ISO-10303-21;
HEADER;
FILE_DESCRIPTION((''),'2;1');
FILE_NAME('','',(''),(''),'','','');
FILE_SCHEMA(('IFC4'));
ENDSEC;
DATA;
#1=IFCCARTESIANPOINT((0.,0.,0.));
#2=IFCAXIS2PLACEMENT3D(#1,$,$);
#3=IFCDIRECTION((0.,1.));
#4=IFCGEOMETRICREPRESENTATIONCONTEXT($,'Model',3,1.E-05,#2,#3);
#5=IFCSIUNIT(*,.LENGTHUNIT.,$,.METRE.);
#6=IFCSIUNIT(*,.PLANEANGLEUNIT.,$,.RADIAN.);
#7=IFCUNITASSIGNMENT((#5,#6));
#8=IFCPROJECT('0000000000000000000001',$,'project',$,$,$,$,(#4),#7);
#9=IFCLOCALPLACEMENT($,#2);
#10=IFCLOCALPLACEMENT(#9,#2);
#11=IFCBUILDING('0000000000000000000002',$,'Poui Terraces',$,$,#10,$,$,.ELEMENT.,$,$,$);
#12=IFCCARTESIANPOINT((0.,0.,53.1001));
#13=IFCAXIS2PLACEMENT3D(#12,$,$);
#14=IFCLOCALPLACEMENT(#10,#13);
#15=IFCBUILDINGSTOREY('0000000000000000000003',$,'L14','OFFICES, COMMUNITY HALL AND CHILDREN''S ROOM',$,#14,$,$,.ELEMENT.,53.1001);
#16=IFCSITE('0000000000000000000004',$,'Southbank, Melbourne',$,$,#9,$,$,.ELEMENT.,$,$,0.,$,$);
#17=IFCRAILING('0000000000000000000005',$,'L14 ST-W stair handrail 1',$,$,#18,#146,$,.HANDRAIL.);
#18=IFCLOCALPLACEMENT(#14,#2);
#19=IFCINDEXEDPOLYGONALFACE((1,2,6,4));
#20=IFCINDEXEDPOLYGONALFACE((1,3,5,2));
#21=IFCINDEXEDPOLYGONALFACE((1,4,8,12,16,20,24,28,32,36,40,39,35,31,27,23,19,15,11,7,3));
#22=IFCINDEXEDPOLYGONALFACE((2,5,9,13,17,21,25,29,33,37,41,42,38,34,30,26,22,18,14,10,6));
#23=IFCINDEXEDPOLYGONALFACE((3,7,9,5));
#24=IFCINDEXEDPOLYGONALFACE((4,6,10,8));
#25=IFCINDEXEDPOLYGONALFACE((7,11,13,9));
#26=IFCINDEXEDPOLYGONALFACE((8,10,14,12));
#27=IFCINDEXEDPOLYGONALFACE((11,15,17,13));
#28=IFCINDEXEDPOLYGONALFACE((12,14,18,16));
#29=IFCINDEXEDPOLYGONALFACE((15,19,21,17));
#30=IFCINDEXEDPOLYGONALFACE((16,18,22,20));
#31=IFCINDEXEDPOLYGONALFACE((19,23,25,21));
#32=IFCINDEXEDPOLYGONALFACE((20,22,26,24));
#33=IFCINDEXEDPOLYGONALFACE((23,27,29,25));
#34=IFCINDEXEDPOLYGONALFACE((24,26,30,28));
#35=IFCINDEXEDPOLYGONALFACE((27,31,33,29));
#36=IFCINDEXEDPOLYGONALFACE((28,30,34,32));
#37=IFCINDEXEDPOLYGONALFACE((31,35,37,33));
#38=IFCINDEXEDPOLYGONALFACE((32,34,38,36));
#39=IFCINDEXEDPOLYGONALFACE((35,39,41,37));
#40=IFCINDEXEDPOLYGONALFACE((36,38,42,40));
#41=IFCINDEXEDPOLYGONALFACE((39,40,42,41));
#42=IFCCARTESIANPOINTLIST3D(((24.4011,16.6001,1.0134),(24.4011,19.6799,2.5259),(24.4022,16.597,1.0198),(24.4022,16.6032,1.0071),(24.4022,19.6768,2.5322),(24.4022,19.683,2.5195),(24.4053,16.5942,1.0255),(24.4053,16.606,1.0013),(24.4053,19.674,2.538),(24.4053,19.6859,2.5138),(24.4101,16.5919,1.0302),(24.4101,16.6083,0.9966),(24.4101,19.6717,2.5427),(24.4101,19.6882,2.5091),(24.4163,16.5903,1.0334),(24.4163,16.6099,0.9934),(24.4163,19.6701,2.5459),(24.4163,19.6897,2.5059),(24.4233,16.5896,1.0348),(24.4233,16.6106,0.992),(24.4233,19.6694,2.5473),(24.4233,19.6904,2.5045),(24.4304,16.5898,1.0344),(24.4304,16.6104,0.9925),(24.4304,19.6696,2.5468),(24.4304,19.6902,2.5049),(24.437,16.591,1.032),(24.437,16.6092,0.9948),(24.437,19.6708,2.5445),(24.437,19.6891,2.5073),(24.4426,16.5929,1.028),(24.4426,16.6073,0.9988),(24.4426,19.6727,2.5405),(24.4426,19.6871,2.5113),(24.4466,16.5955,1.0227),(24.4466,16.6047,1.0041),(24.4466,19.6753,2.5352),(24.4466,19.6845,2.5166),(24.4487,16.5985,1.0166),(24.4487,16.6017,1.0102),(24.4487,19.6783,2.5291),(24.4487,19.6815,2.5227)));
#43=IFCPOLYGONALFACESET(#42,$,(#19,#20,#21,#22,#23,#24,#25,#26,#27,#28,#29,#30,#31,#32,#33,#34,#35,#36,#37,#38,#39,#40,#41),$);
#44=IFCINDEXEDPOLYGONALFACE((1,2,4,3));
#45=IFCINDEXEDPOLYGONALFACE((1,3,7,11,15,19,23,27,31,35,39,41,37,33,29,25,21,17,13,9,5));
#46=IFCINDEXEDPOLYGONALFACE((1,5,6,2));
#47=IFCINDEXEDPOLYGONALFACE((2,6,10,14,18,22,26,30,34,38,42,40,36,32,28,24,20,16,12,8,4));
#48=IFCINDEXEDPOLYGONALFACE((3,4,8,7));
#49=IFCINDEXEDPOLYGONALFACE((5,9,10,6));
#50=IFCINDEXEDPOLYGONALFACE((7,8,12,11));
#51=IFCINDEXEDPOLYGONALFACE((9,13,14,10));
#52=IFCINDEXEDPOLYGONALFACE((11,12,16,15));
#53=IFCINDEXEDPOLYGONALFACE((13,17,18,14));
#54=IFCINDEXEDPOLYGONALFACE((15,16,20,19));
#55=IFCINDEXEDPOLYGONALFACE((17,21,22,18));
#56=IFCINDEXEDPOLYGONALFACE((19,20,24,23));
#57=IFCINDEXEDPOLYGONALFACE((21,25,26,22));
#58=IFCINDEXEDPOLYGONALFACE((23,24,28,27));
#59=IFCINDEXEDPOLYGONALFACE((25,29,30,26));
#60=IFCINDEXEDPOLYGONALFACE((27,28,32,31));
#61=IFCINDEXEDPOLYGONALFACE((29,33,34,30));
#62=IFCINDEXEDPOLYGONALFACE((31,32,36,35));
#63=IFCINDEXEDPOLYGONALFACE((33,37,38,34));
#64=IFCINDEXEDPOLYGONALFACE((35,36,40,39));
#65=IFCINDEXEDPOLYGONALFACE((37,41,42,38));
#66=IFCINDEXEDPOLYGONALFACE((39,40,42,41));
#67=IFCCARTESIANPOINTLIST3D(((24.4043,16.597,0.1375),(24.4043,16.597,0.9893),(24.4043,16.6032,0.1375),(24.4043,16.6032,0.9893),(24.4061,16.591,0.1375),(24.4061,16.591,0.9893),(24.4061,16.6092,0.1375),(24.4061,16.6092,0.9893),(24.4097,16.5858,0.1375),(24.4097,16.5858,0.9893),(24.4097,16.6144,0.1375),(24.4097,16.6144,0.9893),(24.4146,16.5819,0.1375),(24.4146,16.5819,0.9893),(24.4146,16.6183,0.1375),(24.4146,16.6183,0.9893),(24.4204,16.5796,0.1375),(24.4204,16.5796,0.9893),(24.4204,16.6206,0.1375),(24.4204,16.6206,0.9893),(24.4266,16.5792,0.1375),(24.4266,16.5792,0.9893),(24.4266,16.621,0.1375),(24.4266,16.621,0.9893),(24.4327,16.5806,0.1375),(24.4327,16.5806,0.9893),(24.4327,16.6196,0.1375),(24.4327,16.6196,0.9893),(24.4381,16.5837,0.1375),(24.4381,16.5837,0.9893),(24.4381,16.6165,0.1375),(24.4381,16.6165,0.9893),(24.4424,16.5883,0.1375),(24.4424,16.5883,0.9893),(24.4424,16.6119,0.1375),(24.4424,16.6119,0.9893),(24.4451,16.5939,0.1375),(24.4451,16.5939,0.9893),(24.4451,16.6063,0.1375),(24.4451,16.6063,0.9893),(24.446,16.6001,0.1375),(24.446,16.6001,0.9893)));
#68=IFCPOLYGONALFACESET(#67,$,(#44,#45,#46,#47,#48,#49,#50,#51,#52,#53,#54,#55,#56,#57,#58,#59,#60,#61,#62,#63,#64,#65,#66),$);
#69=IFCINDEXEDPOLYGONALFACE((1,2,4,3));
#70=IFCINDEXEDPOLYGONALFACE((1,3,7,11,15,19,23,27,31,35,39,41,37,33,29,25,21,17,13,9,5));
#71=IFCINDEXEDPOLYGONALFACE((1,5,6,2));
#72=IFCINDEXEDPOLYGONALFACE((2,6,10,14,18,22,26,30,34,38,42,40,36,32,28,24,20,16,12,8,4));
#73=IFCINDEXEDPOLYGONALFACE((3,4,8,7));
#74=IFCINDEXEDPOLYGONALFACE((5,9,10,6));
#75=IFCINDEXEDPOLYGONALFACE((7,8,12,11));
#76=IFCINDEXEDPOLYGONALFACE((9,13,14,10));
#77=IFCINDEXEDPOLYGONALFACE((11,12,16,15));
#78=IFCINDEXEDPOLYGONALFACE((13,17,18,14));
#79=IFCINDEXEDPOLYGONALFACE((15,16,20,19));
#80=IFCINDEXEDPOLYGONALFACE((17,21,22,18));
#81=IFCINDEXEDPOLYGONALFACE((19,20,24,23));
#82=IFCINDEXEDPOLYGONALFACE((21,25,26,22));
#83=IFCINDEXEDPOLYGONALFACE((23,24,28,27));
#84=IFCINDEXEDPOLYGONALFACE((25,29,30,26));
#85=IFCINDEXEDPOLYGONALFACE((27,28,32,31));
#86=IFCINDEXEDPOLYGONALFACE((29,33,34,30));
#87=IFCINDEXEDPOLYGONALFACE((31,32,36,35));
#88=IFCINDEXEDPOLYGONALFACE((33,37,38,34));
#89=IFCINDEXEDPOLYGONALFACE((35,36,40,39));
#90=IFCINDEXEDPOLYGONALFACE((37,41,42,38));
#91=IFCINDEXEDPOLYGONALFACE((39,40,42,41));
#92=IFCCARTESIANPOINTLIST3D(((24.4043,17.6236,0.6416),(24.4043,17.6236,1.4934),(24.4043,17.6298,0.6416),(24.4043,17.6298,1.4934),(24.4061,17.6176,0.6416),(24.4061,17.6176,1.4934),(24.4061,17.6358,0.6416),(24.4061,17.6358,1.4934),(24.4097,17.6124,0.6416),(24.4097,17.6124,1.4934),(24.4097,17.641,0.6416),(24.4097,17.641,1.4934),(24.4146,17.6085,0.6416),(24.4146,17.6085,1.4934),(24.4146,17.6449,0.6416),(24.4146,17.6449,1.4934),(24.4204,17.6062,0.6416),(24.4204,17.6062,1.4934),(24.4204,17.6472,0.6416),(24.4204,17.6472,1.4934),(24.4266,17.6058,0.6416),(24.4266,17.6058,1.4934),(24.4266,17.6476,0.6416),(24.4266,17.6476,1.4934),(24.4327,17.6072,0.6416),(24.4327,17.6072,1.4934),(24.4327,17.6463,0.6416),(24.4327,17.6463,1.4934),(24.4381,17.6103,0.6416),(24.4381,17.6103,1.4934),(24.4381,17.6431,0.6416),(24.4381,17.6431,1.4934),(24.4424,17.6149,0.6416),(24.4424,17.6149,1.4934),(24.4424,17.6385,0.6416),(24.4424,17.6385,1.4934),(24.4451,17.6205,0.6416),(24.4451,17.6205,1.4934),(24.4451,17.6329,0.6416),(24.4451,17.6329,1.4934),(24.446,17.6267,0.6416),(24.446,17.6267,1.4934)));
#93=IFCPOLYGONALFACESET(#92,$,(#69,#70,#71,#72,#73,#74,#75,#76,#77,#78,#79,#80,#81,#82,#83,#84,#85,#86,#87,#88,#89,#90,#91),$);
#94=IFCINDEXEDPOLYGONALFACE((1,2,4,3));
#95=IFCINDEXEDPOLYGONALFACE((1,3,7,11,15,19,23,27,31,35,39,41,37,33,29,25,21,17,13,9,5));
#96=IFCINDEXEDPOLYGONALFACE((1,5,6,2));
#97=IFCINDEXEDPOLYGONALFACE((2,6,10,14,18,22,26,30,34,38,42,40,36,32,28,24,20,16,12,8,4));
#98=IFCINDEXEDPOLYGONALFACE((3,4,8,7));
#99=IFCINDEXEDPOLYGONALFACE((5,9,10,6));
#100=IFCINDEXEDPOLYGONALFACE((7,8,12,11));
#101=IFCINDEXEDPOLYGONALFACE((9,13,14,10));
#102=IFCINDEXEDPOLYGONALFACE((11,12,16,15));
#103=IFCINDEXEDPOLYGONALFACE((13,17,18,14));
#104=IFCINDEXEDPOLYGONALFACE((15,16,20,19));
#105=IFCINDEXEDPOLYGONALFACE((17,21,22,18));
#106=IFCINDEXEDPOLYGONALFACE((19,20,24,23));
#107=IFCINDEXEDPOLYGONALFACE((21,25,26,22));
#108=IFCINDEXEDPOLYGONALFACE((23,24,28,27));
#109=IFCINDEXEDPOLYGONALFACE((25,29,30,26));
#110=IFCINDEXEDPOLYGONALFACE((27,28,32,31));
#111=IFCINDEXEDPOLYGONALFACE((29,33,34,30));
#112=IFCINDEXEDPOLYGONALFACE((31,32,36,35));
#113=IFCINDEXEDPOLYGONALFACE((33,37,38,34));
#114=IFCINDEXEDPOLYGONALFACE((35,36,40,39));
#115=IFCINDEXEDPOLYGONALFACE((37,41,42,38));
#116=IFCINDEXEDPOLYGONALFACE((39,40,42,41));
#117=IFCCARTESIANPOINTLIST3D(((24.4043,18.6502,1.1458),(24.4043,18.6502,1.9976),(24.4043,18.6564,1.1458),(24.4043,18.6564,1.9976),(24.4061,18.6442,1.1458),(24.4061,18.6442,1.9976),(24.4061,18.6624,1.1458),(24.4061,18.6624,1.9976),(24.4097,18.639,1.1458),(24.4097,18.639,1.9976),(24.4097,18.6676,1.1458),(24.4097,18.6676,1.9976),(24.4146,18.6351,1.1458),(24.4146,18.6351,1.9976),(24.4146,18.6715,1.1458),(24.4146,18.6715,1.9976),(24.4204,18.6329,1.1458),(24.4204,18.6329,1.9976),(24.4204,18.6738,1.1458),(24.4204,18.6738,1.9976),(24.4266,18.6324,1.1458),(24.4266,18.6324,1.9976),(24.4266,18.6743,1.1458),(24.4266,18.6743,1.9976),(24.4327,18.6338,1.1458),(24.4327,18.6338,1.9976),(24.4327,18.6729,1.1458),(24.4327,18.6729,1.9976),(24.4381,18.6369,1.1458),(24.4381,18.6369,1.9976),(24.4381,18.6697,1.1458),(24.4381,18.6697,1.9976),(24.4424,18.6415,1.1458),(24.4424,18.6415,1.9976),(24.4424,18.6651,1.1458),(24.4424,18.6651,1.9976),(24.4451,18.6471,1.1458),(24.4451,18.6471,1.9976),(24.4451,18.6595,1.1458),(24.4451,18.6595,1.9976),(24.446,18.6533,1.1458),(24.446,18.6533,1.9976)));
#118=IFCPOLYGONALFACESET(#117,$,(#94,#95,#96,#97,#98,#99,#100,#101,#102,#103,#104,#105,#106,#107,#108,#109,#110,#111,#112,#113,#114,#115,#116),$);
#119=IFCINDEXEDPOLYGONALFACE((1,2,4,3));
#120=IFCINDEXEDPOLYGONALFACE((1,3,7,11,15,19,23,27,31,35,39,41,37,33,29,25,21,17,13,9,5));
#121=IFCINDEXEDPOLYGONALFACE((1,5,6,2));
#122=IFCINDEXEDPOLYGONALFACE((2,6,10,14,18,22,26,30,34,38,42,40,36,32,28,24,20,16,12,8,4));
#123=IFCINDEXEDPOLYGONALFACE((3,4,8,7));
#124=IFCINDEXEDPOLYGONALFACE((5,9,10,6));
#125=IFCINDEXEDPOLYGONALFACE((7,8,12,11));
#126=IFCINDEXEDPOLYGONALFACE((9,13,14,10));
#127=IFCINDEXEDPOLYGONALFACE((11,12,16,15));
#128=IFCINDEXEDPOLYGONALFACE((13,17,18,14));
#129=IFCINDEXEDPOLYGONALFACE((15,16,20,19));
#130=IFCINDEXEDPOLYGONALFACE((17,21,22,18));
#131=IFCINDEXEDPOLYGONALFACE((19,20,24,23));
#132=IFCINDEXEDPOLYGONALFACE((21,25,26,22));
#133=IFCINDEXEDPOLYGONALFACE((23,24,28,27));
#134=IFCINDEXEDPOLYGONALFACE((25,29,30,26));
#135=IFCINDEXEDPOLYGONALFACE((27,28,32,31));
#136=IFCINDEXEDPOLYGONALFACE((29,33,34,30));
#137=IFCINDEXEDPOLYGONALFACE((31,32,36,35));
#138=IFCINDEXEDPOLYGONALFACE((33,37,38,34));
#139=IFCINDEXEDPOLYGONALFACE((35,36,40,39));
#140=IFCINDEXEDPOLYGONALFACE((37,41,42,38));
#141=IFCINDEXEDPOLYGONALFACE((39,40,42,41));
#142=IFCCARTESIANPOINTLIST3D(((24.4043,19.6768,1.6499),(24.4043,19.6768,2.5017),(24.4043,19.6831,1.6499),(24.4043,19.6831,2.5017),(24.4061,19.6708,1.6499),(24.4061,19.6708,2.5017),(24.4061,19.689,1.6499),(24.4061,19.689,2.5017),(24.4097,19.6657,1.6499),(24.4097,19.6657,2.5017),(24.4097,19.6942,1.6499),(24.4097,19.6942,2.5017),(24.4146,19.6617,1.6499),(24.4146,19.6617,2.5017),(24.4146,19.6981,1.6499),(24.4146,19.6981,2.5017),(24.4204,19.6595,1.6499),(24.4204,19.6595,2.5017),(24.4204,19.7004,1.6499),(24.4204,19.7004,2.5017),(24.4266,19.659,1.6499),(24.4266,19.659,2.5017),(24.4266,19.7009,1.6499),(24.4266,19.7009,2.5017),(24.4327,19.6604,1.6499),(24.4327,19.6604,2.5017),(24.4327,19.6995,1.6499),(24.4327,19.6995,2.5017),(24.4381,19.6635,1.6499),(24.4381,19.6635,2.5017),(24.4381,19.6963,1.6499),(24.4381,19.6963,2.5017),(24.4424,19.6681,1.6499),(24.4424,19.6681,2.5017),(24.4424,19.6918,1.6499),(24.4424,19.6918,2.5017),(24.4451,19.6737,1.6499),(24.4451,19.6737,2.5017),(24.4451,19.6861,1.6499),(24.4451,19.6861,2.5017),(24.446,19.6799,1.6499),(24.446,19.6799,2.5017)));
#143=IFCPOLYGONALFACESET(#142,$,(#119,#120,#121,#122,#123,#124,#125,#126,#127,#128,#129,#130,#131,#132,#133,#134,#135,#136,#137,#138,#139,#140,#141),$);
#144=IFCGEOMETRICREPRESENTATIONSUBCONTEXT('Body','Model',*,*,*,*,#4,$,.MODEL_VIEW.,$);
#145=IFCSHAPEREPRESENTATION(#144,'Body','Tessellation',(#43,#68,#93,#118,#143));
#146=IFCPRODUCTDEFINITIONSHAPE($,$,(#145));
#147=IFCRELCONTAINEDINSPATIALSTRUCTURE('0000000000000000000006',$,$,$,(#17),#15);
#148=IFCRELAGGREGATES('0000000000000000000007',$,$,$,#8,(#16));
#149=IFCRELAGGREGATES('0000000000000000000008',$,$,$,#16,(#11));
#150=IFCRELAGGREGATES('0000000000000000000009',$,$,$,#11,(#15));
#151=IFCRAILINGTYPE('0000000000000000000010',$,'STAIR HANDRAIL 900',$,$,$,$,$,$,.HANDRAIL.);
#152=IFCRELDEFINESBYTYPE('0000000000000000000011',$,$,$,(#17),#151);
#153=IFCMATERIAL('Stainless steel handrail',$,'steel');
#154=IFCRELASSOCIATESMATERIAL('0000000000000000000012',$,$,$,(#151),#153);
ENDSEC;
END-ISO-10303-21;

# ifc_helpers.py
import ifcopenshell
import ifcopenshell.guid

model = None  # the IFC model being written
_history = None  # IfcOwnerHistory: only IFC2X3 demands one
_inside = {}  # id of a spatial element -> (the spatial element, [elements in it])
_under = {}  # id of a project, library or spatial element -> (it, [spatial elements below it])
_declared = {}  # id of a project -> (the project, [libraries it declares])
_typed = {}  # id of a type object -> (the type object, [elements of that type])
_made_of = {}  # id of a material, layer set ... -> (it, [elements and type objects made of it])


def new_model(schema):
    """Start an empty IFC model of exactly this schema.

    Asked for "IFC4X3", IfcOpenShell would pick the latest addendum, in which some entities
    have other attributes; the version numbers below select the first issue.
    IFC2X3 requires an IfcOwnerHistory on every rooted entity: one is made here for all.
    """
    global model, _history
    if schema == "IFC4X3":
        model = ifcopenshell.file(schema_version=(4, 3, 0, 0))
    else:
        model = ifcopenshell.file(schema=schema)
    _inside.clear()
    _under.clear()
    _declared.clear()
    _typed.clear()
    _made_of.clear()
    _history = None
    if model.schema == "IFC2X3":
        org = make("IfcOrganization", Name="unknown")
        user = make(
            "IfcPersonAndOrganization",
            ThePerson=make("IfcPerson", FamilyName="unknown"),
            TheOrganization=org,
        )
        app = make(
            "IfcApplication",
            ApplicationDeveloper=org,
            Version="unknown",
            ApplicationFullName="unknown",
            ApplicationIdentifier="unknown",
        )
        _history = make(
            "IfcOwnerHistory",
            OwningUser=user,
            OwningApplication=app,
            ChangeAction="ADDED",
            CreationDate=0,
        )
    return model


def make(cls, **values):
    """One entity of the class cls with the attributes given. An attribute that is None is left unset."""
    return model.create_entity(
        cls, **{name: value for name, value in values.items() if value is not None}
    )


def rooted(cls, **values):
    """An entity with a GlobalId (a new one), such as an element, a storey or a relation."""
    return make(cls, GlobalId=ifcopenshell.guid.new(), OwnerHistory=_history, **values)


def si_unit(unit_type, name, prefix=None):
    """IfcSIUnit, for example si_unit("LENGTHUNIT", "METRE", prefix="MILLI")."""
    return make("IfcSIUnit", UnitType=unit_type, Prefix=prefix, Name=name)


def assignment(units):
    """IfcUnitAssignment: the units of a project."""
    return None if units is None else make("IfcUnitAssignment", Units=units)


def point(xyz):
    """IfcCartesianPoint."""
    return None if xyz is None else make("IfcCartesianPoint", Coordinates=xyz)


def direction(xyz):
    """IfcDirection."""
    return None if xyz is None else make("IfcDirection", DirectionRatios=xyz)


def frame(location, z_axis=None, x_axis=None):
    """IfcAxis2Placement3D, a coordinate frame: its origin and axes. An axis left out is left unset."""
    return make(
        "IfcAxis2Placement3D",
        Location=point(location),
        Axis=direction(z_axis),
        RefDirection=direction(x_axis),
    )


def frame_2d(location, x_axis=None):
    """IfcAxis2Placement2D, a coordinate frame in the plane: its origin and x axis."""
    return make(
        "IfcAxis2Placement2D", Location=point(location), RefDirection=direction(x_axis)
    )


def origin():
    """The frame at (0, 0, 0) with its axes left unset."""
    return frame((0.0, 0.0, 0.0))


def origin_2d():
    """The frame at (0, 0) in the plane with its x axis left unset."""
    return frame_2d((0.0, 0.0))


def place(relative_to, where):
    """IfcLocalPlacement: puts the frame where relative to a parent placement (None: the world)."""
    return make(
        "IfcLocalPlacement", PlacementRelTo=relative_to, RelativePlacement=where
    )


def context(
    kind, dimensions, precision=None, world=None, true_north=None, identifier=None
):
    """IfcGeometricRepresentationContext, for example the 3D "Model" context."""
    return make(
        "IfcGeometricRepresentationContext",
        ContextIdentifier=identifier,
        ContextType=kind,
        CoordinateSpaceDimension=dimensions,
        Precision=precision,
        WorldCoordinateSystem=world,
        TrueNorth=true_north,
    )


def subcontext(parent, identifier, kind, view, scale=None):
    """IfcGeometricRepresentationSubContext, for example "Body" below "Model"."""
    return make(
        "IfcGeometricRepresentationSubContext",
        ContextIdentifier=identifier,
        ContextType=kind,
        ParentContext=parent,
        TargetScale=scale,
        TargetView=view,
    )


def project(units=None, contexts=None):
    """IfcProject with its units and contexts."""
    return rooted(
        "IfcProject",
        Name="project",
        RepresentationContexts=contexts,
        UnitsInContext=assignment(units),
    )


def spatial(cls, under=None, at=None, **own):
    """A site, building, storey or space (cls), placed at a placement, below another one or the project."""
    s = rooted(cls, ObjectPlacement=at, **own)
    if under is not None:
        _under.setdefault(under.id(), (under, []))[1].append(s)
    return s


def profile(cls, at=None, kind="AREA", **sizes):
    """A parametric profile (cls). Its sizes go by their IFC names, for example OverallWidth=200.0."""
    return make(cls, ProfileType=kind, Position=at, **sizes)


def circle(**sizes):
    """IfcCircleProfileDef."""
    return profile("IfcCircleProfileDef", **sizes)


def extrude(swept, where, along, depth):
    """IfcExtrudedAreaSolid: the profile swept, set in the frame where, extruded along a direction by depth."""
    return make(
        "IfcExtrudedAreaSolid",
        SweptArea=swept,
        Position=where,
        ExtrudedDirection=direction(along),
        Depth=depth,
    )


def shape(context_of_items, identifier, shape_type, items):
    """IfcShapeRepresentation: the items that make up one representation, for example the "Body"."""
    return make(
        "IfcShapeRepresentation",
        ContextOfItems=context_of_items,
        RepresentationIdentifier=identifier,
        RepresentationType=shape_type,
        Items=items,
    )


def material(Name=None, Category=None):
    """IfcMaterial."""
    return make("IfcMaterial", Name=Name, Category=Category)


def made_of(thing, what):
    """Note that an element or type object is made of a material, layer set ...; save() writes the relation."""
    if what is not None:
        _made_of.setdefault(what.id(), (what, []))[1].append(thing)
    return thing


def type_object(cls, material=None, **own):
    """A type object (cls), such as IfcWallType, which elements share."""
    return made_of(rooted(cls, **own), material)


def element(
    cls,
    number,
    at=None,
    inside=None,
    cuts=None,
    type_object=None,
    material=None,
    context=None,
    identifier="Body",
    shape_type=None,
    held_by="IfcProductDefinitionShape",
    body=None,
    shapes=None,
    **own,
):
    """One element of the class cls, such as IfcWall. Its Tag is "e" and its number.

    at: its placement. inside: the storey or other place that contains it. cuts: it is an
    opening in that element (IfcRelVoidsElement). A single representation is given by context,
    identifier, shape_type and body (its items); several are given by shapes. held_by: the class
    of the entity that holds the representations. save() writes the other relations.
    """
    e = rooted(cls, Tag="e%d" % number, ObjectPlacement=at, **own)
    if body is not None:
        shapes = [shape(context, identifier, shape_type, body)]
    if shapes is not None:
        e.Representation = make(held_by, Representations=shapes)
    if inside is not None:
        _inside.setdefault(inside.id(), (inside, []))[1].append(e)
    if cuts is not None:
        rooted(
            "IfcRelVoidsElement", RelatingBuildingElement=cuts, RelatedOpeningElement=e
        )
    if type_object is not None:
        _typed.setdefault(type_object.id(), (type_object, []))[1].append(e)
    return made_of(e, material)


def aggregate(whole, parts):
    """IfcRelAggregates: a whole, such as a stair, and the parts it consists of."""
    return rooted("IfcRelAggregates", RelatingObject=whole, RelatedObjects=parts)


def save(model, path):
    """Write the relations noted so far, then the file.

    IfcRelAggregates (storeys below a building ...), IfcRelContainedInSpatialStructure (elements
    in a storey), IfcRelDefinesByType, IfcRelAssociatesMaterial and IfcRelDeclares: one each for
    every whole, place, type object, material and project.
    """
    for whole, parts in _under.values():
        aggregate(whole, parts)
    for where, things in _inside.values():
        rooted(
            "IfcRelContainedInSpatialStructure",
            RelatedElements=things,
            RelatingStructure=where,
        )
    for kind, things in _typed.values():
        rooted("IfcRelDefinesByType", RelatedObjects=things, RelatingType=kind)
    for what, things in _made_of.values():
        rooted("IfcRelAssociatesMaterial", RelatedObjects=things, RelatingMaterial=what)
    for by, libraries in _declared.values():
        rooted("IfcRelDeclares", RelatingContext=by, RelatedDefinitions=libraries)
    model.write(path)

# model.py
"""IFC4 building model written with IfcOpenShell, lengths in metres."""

from ifc_helpers import new_model, si_unit, direction, frame, origin, origin_2d, place, context, subcontext, project, spatial, circle, extrude, material, type_object, element, save


model = new_model("IFC4")

# Units and contexts
model_context = context("Model", 3, precision=1e-05, world=origin(), true_north=direction((0.0, 1.0)))
body_context = subcontext(model_context, "Body", "Model", "MODEL_VIEW")
ifc_project = project(units=[si_unit("LENGTHUNIT", "METRE"), si_unit("PLANEANGLEUNIT", "RADIAN")], contexts=[model_context])

# Site, building, storey
site_placement = place(None, origin())
site = spatial("IfcSite", under=ifc_project, at=site_placement, Name="Southbank, Melbourne", CompositionType="ELEMENT", RefElevation=0.0)
building_placement = place(site_placement, origin())
building = spatial("IfcBuilding", under=site, at=building_placement, Name="Poui Terraces", CompositionType="ELEMENT")
storey_placement = place(building_placement, frame((0.0, 0.0, 53.1001)))
storey = spatial("IfcBuildingStorey", under=building, at=storey_placement, Name="L14", Description="OFFICES, COMMUNITY HALL AND CHILDREN'S ROOM", CompositionType="ELEMENT", Elevation=53.1001)

# Railing
ifc_material_1 = material(Name="Stainless steel handrail", Category="steel")
railing_type_1 = type_object("IfcRailingType", Name="STAIR HANDRAIL 900", PredefinedType="HANDRAIL", material=ifc_material_1)
railing_1_placement = place(storey_placement, frame((24.425, 16.6001, 0.1375)))
element("IfcRailing", 1, at=railing_1_placement, inside=storey, type_object=railing_type_1, Name="L14 ST-W stair handrail 1", PredefinedType="HANDRAIL", context=body_context, shape_type="SweptSolid", body=[
    extrude(circle(Radius=0.0239, at=origin_2d()), frame((0.0, 0.0, 0.876), z_axis=(0.0, 0.897606, 0.440798), x_axis=(-1.0, 0.0, 0.0)), (0.0, 0.0, 1.0), 3.4312),
    extrude(circle(Radius=0.021, at=origin_2d()), origin(), (0.0, 0.0, 1.0), 0.8518),
    extrude(circle(Radius=0.021, at=origin_2d()), frame((0.0, 1.0266, 0.5042)), (0.0, 0.0, 1.0), 0.8518),
    extrude(circle(Radius=0.021, at=origin_2d()), frame((0.0, 2.0532, 1.0083)), (0.0, 0.0, 1.0), 0.8518),
    extrude(circle(Radius=0.021, at=origin_2d()), frame((0.0, 3.0798, 1.5125)), (0.0, 0.0, 1.0), 0.8518),
])

save(model, "model.ifc")
